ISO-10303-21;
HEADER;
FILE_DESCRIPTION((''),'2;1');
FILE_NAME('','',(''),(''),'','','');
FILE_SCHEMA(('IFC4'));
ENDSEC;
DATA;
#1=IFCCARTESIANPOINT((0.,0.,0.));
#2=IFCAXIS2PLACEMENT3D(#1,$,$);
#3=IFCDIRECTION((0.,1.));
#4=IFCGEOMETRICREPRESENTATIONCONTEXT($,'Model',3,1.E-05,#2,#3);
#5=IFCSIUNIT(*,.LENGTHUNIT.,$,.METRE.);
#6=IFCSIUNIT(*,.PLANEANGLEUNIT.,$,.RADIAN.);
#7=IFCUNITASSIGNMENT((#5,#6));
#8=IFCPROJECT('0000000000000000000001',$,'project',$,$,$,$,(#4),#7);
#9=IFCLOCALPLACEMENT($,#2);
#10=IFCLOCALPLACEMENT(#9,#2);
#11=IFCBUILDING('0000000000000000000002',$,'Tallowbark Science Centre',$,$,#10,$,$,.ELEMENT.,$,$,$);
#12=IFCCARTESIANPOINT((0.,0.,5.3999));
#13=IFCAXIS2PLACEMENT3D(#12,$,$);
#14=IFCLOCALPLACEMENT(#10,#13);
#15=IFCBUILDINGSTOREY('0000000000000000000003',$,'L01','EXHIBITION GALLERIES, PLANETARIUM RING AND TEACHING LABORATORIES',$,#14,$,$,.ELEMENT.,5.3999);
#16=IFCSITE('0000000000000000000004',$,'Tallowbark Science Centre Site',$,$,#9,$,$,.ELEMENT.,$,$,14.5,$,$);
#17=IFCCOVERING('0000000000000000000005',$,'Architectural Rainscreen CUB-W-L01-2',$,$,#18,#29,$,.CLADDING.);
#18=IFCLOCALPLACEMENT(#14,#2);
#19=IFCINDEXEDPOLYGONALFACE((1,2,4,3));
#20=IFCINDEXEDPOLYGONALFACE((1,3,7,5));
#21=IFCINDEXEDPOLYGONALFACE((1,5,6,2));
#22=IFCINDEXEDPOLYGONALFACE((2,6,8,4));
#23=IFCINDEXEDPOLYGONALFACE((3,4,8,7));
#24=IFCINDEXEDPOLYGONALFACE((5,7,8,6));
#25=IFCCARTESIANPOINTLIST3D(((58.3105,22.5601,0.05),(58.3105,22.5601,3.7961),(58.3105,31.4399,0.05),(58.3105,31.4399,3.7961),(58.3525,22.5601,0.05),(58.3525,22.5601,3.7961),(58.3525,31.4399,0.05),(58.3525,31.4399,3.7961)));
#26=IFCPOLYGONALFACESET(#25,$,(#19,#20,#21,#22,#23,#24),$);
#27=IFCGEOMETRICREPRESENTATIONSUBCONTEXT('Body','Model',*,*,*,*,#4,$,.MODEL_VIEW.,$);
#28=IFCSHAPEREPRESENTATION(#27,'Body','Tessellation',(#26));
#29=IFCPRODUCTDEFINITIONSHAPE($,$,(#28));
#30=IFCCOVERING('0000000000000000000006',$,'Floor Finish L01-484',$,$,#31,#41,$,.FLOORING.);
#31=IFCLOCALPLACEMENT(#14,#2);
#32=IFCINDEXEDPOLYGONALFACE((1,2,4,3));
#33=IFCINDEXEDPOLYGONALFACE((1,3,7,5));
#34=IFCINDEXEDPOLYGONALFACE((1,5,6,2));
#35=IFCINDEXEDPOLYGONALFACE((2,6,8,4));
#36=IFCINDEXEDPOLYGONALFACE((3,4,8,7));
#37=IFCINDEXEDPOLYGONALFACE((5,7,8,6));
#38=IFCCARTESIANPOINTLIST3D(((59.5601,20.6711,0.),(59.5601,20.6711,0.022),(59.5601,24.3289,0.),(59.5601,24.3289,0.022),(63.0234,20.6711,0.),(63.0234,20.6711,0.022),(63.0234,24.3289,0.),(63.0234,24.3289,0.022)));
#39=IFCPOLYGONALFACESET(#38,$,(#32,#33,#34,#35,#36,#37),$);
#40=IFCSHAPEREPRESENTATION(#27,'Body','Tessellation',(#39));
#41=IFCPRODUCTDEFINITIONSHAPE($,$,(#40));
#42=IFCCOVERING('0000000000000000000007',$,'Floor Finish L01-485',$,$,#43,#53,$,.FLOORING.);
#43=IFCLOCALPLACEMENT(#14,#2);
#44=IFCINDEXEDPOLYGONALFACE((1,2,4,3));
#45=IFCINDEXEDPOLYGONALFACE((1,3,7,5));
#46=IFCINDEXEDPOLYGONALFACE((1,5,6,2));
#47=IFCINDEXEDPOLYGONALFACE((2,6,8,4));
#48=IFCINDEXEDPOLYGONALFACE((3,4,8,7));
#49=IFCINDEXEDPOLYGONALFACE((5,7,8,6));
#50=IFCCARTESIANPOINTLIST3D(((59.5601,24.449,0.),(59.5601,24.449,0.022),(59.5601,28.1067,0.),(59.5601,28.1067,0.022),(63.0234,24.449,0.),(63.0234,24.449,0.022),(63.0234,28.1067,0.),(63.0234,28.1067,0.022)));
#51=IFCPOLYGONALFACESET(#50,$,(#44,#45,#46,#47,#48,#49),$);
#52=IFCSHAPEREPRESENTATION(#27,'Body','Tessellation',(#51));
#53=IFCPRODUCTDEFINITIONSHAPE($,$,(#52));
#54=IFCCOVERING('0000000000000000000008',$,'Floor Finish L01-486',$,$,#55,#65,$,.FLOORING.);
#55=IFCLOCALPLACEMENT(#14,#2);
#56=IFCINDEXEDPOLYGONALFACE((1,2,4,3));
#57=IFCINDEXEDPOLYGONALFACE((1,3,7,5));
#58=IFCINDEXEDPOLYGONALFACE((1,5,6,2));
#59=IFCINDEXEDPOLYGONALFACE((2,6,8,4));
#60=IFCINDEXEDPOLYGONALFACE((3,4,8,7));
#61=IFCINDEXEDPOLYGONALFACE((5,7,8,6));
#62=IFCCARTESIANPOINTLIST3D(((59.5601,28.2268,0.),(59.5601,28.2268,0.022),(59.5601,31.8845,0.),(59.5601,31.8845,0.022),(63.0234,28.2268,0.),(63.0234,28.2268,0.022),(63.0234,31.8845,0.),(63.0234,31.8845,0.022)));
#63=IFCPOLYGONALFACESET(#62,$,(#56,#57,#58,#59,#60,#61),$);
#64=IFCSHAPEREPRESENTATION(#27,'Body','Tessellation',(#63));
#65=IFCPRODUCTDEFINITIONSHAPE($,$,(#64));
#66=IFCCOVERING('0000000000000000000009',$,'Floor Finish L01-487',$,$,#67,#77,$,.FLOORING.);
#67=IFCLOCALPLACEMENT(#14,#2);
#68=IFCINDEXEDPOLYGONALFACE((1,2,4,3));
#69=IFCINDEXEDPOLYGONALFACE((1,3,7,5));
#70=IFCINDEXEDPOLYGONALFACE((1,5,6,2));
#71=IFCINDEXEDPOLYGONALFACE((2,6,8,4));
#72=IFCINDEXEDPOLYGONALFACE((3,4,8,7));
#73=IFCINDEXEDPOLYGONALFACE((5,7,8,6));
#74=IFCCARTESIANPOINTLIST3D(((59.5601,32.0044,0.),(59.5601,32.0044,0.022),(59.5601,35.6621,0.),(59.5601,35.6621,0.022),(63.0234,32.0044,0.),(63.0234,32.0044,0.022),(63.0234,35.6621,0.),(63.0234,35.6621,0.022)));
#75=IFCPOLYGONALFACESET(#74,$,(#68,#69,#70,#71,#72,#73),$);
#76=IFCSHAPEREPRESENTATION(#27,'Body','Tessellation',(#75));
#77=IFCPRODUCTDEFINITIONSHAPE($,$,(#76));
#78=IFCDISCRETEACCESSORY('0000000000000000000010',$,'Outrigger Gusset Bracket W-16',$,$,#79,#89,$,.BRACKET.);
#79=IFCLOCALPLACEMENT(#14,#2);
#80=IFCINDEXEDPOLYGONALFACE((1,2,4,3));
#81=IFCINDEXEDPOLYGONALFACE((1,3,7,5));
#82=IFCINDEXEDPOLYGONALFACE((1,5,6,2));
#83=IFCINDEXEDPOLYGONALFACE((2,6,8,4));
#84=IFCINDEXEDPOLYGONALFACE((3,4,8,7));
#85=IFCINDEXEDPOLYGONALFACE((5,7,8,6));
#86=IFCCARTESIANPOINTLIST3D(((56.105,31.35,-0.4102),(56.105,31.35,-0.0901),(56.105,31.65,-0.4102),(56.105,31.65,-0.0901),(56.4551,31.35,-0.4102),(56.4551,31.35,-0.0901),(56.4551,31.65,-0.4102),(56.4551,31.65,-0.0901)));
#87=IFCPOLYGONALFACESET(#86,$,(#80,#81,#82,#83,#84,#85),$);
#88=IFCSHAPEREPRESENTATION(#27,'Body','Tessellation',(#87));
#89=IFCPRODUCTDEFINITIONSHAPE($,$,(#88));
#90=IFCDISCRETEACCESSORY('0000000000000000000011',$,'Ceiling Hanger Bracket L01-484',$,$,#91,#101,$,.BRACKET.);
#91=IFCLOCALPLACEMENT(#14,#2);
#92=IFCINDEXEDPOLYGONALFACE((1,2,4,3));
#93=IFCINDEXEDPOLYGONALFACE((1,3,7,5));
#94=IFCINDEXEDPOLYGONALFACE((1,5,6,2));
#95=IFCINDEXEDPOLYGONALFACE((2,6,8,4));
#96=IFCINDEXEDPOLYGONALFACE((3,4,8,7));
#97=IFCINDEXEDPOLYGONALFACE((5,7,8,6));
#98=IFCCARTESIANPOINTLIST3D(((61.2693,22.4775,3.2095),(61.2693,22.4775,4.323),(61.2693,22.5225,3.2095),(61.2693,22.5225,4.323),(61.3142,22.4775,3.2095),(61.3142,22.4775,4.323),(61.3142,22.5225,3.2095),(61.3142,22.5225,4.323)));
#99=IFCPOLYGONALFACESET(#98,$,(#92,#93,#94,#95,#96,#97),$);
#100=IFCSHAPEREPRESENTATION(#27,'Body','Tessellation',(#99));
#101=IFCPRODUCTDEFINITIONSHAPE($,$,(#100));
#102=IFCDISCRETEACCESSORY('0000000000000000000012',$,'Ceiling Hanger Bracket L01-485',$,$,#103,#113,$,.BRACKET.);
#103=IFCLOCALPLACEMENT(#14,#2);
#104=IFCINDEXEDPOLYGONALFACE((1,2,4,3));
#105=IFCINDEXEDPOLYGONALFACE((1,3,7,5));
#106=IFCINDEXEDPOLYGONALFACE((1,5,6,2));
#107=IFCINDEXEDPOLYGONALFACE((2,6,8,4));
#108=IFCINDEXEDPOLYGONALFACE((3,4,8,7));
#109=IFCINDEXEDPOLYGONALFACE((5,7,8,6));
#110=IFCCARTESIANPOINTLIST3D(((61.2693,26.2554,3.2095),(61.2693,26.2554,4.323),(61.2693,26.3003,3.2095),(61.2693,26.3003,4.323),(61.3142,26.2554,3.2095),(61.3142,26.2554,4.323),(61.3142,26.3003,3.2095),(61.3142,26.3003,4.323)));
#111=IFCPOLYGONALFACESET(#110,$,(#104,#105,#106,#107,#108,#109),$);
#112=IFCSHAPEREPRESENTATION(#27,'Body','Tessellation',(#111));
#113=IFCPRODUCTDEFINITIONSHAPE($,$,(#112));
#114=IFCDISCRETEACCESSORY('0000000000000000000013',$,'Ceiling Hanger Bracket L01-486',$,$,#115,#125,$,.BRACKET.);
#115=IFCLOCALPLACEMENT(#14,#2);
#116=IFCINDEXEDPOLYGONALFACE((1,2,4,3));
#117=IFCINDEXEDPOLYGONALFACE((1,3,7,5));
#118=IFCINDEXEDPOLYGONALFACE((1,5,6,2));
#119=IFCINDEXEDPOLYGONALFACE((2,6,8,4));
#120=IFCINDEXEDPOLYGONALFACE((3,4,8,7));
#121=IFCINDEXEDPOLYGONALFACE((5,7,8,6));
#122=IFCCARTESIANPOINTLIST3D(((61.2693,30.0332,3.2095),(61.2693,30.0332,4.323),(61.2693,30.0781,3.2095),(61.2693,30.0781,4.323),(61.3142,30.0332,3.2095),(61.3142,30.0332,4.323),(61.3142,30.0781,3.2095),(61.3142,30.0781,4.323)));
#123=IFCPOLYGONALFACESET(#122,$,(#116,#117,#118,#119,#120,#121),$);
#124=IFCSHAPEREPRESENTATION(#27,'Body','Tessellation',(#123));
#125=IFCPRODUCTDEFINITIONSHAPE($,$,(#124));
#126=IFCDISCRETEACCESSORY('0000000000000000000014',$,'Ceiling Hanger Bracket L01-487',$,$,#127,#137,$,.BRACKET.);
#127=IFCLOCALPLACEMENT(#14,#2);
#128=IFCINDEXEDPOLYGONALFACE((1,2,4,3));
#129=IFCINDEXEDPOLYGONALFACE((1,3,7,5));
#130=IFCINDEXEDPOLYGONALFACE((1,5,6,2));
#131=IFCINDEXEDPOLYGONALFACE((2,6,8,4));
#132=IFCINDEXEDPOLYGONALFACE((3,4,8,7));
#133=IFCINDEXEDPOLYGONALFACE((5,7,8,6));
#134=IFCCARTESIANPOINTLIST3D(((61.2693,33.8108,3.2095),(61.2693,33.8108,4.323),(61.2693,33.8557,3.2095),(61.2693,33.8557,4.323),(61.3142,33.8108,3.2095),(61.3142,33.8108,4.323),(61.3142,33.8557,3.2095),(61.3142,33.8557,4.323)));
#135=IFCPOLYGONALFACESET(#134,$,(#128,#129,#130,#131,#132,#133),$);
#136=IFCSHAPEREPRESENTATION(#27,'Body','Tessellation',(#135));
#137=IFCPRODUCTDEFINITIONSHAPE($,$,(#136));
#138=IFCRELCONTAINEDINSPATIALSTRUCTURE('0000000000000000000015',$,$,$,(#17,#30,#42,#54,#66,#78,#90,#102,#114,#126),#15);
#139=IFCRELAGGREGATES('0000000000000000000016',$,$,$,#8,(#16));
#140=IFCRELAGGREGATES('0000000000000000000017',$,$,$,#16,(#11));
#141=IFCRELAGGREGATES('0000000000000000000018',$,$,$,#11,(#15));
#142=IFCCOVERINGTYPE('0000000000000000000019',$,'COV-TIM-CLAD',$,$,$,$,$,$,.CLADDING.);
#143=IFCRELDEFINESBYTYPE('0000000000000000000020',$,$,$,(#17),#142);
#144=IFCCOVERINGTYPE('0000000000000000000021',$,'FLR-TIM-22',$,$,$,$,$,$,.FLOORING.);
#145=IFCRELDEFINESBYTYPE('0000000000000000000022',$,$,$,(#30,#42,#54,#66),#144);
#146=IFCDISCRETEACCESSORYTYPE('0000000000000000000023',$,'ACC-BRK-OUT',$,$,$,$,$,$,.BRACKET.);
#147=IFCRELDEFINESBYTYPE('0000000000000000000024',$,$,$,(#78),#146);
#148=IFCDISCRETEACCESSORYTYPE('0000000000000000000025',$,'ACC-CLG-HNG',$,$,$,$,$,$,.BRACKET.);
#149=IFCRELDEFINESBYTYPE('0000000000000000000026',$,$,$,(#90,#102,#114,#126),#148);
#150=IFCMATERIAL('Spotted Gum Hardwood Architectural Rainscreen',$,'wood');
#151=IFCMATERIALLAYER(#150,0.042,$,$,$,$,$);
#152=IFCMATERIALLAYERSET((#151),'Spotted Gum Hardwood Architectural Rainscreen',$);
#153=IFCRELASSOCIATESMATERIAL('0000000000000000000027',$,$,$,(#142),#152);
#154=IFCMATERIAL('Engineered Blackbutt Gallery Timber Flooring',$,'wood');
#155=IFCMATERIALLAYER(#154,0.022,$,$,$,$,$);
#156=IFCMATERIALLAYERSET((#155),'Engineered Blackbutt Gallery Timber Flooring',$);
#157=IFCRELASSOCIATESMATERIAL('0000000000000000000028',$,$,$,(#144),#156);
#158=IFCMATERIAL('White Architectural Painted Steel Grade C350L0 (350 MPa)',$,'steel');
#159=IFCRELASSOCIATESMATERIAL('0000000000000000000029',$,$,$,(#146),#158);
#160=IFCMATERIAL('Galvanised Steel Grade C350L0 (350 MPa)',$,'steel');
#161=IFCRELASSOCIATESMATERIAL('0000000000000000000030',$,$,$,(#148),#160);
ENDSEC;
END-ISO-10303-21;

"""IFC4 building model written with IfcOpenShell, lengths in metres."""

from ifc_helpers import new_model, si_unit, direction, frame, origin, origin_2d, place, context, subcontext, project, spatial, rectangle, extrude, material, layer, layer_set, type_object, element, save


model = new_model("IFC4")

# Units and contexts
model_context = context("Model", 3, precision=1e-05, world=origin(), true_north=direction((0.0, 1.0)))
body_context = subcontext(model_context, "Body", "Model", "MODEL_VIEW")
ifc_project = project(units=[si_unit("LENGTHUNIT", "METRE"), si_unit("PLANEANGLEUNIT", "RADIAN")], contexts=[model_context])

# Site, building, storey
site_placement = place(None, origin())
site = spatial("IfcSite", under=ifc_project, at=site_placement, Name="Tallowbark Science Centre Site", CompositionType="ELEMENT", RefElevation=14.5)
building_placement = place(site_placement, origin())
building = spatial("IfcBuilding", under=site, at=building_placement, Name="Tallowbark Science Centre", CompositionType="ELEMENT")
storey_placement = place(building_placement, frame((0.0, 0.0, 5.3999)))
storey = spatial("IfcBuildingStorey", under=building, at=storey_placement, Name="L01", Description="EXHIBITION GALLERIES, PLANETARIUM RING AND TEACHING LABORATORIES", CompositionType="ELEMENT", Elevation=5.3999)

# Shared definitions
ifc_material_1 = material(Name="White Architectural Painted Steel Grade C350L0 (350 MPa)", Category="steel")

# Coverings
ifc_material_2 = material(Name="Spotted Gum Hardwood Architectural Rainscreen", Category="wood")
ifc_layer_1 = layer(ifc_material_2, 0.042)
ifc_layer_set_1 = layer_set([ifc_layer_1], Name="Spotted Gum Hardwood Architectural Rainscreen")
covering_type_1 = type_object("IfcCoveringType", Name="COV-TIM-CLAD", PredefinedType="CLADDING", material=ifc_layer_set_1)
covering_placement = place(storey_placement, frame((58.3315, 27.0, 0.05), z_axis=(0.0, 0.0, 1.0), x_axis=(0.0, -1.0, 0.0)))
element("IfcCovering", 1, at=covering_placement, inside=storey, type_object=covering_type_1, Name="Architectural Rainscreen CUB-W-L01-2", PredefinedType="CLADDING", context=body_context, shape_type="SweptSolid", body=[
    extrude(rectangle(XDim=8.8799, YDim=0.042, at=origin_2d()), origin(), (0.0, 0.0, 1.0), 3.7461),
])
ifc_material_3 = material(Name="Engineered Blackbutt Gallery Timber Flooring", Category="wood")
ifc_layer_2 = layer(ifc_material_3, 0.022)
ifc_layer_set_2 = layer_set([ifc_layer_2], Name="Engineered Blackbutt Gallery Timber Flooring")
covering_type_2 = type_object("IfcCoveringType", Name="FLR-TIM-22", PredefinedType="FLOORING", material=ifc_layer_set_2)
for number, where, z_axis, x_axis, name in (
    (2, (61.2917, 22.5, 0.0), (0.0, 0.0, 1.0), (1.0, 0.0, 0.0), "Floor Finish L01-484"),
    (3, (61.2917, 26.2778, 0.0), (0.0, 0.0, 1.0), (1.0, 0.0, 0.0), "Floor Finish L01-485"),
    (4, (61.2917, 30.0557, 0.0), (0.0, 0.0, 1.0), (1.0, 0.0, 0.0), "Floor Finish L01-486"),
    (5, (61.2917, 33.8333, 0.0), (0.0, 0.0, 1.0), (1.0, 0.0, 0.0), "Floor Finish L01-487"),
):
    element("IfcCovering", number, at=place(storey_placement, frame(where, z_axis=z_axis, x_axis=x_axis)), inside=storey, type_object=covering_type_2, Name=name, PredefinedType="FLOORING", context=body_context, shape_type="SweptSolid", body=[
        extrude(rectangle(XDim=3.4634, YDim=3.6577, at=origin_2d()), origin(), (0.0, 0.0, 1.0), 0.022),
    ])

# Discrete accessories
discrete_accessory_type_1 = type_object("IfcDiscreteAccessoryType", Name="ACC-BRK-OUT", PredefinedType="BRACKET", material=ifc_material_1)
discrete_accessory_placement = place(storey_placement, frame((56.28, 31.5, -0.4102), z_axis=(0.0, 0.0, 1.0), x_axis=(1.0, 0.0, 0.0)))
element("IfcDiscreteAccessory", 6, at=discrete_accessory_placement, inside=storey, type_object=discrete_accessory_type_1, Name="Outrigger Gusset Bracket W-16", PredefinedType="BRACKET", context=body_context, shape_type="SweptSolid", body=[
    extrude(rectangle(XDim=0.3501, YDim=0.3, at=origin_2d()), origin(), (0.0, 0.0, 1.0), 0.3201),
])
ifc_material_4 = material(Name="Galvanised Steel Grade C350L0 (350 MPa)", Category="steel")
discrete_accessory_type_2 = type_object("IfcDiscreteAccessoryType", Name="ACC-CLG-HNG", PredefinedType="BRACKET", material=ifc_material_4)
for number, where, z_axis, x_axis, name in (
    (7, (61.2917, 22.5, 3.2095), (0.0, 0.0, 1.0), (1.0, 0.0, 0.0), "Ceiling Hanger Bracket L01-484"),
    (8, (61.2917, 26.2778, 3.2095), (0.0, 0.0, 1.0), (1.0, 0.0, 0.0), "Ceiling Hanger Bracket L01-485"),
    (9, (61.2917, 30.0557, 3.2095), (0.0, 0.0, 1.0), (1.0, 0.0, 0.0), "Ceiling Hanger Bracket L01-486"),
    (10, (61.2917, 33.8333, 3.2095), (0.0, 0.0, 1.0), (1.0, 0.0, 0.0), "Ceiling Hanger Bracket L01-487"),
):
    element("IfcDiscreteAccessory", number, at=place(storey_placement, frame(where, z_axis=z_axis, x_axis=x_axis)), inside=storey, type_object=discrete_accessory_type_2, Name=name, PredefinedType="BRACKET", context=body_context, shape_type="SweptSolid", body=[
        extrude(rectangle(XDim=0.0449, YDim=0.0449, at=origin_2d()), origin(), (0.0, 0.0, 1.0), 1.1135),
    ])

save(model, "model.ifc")
